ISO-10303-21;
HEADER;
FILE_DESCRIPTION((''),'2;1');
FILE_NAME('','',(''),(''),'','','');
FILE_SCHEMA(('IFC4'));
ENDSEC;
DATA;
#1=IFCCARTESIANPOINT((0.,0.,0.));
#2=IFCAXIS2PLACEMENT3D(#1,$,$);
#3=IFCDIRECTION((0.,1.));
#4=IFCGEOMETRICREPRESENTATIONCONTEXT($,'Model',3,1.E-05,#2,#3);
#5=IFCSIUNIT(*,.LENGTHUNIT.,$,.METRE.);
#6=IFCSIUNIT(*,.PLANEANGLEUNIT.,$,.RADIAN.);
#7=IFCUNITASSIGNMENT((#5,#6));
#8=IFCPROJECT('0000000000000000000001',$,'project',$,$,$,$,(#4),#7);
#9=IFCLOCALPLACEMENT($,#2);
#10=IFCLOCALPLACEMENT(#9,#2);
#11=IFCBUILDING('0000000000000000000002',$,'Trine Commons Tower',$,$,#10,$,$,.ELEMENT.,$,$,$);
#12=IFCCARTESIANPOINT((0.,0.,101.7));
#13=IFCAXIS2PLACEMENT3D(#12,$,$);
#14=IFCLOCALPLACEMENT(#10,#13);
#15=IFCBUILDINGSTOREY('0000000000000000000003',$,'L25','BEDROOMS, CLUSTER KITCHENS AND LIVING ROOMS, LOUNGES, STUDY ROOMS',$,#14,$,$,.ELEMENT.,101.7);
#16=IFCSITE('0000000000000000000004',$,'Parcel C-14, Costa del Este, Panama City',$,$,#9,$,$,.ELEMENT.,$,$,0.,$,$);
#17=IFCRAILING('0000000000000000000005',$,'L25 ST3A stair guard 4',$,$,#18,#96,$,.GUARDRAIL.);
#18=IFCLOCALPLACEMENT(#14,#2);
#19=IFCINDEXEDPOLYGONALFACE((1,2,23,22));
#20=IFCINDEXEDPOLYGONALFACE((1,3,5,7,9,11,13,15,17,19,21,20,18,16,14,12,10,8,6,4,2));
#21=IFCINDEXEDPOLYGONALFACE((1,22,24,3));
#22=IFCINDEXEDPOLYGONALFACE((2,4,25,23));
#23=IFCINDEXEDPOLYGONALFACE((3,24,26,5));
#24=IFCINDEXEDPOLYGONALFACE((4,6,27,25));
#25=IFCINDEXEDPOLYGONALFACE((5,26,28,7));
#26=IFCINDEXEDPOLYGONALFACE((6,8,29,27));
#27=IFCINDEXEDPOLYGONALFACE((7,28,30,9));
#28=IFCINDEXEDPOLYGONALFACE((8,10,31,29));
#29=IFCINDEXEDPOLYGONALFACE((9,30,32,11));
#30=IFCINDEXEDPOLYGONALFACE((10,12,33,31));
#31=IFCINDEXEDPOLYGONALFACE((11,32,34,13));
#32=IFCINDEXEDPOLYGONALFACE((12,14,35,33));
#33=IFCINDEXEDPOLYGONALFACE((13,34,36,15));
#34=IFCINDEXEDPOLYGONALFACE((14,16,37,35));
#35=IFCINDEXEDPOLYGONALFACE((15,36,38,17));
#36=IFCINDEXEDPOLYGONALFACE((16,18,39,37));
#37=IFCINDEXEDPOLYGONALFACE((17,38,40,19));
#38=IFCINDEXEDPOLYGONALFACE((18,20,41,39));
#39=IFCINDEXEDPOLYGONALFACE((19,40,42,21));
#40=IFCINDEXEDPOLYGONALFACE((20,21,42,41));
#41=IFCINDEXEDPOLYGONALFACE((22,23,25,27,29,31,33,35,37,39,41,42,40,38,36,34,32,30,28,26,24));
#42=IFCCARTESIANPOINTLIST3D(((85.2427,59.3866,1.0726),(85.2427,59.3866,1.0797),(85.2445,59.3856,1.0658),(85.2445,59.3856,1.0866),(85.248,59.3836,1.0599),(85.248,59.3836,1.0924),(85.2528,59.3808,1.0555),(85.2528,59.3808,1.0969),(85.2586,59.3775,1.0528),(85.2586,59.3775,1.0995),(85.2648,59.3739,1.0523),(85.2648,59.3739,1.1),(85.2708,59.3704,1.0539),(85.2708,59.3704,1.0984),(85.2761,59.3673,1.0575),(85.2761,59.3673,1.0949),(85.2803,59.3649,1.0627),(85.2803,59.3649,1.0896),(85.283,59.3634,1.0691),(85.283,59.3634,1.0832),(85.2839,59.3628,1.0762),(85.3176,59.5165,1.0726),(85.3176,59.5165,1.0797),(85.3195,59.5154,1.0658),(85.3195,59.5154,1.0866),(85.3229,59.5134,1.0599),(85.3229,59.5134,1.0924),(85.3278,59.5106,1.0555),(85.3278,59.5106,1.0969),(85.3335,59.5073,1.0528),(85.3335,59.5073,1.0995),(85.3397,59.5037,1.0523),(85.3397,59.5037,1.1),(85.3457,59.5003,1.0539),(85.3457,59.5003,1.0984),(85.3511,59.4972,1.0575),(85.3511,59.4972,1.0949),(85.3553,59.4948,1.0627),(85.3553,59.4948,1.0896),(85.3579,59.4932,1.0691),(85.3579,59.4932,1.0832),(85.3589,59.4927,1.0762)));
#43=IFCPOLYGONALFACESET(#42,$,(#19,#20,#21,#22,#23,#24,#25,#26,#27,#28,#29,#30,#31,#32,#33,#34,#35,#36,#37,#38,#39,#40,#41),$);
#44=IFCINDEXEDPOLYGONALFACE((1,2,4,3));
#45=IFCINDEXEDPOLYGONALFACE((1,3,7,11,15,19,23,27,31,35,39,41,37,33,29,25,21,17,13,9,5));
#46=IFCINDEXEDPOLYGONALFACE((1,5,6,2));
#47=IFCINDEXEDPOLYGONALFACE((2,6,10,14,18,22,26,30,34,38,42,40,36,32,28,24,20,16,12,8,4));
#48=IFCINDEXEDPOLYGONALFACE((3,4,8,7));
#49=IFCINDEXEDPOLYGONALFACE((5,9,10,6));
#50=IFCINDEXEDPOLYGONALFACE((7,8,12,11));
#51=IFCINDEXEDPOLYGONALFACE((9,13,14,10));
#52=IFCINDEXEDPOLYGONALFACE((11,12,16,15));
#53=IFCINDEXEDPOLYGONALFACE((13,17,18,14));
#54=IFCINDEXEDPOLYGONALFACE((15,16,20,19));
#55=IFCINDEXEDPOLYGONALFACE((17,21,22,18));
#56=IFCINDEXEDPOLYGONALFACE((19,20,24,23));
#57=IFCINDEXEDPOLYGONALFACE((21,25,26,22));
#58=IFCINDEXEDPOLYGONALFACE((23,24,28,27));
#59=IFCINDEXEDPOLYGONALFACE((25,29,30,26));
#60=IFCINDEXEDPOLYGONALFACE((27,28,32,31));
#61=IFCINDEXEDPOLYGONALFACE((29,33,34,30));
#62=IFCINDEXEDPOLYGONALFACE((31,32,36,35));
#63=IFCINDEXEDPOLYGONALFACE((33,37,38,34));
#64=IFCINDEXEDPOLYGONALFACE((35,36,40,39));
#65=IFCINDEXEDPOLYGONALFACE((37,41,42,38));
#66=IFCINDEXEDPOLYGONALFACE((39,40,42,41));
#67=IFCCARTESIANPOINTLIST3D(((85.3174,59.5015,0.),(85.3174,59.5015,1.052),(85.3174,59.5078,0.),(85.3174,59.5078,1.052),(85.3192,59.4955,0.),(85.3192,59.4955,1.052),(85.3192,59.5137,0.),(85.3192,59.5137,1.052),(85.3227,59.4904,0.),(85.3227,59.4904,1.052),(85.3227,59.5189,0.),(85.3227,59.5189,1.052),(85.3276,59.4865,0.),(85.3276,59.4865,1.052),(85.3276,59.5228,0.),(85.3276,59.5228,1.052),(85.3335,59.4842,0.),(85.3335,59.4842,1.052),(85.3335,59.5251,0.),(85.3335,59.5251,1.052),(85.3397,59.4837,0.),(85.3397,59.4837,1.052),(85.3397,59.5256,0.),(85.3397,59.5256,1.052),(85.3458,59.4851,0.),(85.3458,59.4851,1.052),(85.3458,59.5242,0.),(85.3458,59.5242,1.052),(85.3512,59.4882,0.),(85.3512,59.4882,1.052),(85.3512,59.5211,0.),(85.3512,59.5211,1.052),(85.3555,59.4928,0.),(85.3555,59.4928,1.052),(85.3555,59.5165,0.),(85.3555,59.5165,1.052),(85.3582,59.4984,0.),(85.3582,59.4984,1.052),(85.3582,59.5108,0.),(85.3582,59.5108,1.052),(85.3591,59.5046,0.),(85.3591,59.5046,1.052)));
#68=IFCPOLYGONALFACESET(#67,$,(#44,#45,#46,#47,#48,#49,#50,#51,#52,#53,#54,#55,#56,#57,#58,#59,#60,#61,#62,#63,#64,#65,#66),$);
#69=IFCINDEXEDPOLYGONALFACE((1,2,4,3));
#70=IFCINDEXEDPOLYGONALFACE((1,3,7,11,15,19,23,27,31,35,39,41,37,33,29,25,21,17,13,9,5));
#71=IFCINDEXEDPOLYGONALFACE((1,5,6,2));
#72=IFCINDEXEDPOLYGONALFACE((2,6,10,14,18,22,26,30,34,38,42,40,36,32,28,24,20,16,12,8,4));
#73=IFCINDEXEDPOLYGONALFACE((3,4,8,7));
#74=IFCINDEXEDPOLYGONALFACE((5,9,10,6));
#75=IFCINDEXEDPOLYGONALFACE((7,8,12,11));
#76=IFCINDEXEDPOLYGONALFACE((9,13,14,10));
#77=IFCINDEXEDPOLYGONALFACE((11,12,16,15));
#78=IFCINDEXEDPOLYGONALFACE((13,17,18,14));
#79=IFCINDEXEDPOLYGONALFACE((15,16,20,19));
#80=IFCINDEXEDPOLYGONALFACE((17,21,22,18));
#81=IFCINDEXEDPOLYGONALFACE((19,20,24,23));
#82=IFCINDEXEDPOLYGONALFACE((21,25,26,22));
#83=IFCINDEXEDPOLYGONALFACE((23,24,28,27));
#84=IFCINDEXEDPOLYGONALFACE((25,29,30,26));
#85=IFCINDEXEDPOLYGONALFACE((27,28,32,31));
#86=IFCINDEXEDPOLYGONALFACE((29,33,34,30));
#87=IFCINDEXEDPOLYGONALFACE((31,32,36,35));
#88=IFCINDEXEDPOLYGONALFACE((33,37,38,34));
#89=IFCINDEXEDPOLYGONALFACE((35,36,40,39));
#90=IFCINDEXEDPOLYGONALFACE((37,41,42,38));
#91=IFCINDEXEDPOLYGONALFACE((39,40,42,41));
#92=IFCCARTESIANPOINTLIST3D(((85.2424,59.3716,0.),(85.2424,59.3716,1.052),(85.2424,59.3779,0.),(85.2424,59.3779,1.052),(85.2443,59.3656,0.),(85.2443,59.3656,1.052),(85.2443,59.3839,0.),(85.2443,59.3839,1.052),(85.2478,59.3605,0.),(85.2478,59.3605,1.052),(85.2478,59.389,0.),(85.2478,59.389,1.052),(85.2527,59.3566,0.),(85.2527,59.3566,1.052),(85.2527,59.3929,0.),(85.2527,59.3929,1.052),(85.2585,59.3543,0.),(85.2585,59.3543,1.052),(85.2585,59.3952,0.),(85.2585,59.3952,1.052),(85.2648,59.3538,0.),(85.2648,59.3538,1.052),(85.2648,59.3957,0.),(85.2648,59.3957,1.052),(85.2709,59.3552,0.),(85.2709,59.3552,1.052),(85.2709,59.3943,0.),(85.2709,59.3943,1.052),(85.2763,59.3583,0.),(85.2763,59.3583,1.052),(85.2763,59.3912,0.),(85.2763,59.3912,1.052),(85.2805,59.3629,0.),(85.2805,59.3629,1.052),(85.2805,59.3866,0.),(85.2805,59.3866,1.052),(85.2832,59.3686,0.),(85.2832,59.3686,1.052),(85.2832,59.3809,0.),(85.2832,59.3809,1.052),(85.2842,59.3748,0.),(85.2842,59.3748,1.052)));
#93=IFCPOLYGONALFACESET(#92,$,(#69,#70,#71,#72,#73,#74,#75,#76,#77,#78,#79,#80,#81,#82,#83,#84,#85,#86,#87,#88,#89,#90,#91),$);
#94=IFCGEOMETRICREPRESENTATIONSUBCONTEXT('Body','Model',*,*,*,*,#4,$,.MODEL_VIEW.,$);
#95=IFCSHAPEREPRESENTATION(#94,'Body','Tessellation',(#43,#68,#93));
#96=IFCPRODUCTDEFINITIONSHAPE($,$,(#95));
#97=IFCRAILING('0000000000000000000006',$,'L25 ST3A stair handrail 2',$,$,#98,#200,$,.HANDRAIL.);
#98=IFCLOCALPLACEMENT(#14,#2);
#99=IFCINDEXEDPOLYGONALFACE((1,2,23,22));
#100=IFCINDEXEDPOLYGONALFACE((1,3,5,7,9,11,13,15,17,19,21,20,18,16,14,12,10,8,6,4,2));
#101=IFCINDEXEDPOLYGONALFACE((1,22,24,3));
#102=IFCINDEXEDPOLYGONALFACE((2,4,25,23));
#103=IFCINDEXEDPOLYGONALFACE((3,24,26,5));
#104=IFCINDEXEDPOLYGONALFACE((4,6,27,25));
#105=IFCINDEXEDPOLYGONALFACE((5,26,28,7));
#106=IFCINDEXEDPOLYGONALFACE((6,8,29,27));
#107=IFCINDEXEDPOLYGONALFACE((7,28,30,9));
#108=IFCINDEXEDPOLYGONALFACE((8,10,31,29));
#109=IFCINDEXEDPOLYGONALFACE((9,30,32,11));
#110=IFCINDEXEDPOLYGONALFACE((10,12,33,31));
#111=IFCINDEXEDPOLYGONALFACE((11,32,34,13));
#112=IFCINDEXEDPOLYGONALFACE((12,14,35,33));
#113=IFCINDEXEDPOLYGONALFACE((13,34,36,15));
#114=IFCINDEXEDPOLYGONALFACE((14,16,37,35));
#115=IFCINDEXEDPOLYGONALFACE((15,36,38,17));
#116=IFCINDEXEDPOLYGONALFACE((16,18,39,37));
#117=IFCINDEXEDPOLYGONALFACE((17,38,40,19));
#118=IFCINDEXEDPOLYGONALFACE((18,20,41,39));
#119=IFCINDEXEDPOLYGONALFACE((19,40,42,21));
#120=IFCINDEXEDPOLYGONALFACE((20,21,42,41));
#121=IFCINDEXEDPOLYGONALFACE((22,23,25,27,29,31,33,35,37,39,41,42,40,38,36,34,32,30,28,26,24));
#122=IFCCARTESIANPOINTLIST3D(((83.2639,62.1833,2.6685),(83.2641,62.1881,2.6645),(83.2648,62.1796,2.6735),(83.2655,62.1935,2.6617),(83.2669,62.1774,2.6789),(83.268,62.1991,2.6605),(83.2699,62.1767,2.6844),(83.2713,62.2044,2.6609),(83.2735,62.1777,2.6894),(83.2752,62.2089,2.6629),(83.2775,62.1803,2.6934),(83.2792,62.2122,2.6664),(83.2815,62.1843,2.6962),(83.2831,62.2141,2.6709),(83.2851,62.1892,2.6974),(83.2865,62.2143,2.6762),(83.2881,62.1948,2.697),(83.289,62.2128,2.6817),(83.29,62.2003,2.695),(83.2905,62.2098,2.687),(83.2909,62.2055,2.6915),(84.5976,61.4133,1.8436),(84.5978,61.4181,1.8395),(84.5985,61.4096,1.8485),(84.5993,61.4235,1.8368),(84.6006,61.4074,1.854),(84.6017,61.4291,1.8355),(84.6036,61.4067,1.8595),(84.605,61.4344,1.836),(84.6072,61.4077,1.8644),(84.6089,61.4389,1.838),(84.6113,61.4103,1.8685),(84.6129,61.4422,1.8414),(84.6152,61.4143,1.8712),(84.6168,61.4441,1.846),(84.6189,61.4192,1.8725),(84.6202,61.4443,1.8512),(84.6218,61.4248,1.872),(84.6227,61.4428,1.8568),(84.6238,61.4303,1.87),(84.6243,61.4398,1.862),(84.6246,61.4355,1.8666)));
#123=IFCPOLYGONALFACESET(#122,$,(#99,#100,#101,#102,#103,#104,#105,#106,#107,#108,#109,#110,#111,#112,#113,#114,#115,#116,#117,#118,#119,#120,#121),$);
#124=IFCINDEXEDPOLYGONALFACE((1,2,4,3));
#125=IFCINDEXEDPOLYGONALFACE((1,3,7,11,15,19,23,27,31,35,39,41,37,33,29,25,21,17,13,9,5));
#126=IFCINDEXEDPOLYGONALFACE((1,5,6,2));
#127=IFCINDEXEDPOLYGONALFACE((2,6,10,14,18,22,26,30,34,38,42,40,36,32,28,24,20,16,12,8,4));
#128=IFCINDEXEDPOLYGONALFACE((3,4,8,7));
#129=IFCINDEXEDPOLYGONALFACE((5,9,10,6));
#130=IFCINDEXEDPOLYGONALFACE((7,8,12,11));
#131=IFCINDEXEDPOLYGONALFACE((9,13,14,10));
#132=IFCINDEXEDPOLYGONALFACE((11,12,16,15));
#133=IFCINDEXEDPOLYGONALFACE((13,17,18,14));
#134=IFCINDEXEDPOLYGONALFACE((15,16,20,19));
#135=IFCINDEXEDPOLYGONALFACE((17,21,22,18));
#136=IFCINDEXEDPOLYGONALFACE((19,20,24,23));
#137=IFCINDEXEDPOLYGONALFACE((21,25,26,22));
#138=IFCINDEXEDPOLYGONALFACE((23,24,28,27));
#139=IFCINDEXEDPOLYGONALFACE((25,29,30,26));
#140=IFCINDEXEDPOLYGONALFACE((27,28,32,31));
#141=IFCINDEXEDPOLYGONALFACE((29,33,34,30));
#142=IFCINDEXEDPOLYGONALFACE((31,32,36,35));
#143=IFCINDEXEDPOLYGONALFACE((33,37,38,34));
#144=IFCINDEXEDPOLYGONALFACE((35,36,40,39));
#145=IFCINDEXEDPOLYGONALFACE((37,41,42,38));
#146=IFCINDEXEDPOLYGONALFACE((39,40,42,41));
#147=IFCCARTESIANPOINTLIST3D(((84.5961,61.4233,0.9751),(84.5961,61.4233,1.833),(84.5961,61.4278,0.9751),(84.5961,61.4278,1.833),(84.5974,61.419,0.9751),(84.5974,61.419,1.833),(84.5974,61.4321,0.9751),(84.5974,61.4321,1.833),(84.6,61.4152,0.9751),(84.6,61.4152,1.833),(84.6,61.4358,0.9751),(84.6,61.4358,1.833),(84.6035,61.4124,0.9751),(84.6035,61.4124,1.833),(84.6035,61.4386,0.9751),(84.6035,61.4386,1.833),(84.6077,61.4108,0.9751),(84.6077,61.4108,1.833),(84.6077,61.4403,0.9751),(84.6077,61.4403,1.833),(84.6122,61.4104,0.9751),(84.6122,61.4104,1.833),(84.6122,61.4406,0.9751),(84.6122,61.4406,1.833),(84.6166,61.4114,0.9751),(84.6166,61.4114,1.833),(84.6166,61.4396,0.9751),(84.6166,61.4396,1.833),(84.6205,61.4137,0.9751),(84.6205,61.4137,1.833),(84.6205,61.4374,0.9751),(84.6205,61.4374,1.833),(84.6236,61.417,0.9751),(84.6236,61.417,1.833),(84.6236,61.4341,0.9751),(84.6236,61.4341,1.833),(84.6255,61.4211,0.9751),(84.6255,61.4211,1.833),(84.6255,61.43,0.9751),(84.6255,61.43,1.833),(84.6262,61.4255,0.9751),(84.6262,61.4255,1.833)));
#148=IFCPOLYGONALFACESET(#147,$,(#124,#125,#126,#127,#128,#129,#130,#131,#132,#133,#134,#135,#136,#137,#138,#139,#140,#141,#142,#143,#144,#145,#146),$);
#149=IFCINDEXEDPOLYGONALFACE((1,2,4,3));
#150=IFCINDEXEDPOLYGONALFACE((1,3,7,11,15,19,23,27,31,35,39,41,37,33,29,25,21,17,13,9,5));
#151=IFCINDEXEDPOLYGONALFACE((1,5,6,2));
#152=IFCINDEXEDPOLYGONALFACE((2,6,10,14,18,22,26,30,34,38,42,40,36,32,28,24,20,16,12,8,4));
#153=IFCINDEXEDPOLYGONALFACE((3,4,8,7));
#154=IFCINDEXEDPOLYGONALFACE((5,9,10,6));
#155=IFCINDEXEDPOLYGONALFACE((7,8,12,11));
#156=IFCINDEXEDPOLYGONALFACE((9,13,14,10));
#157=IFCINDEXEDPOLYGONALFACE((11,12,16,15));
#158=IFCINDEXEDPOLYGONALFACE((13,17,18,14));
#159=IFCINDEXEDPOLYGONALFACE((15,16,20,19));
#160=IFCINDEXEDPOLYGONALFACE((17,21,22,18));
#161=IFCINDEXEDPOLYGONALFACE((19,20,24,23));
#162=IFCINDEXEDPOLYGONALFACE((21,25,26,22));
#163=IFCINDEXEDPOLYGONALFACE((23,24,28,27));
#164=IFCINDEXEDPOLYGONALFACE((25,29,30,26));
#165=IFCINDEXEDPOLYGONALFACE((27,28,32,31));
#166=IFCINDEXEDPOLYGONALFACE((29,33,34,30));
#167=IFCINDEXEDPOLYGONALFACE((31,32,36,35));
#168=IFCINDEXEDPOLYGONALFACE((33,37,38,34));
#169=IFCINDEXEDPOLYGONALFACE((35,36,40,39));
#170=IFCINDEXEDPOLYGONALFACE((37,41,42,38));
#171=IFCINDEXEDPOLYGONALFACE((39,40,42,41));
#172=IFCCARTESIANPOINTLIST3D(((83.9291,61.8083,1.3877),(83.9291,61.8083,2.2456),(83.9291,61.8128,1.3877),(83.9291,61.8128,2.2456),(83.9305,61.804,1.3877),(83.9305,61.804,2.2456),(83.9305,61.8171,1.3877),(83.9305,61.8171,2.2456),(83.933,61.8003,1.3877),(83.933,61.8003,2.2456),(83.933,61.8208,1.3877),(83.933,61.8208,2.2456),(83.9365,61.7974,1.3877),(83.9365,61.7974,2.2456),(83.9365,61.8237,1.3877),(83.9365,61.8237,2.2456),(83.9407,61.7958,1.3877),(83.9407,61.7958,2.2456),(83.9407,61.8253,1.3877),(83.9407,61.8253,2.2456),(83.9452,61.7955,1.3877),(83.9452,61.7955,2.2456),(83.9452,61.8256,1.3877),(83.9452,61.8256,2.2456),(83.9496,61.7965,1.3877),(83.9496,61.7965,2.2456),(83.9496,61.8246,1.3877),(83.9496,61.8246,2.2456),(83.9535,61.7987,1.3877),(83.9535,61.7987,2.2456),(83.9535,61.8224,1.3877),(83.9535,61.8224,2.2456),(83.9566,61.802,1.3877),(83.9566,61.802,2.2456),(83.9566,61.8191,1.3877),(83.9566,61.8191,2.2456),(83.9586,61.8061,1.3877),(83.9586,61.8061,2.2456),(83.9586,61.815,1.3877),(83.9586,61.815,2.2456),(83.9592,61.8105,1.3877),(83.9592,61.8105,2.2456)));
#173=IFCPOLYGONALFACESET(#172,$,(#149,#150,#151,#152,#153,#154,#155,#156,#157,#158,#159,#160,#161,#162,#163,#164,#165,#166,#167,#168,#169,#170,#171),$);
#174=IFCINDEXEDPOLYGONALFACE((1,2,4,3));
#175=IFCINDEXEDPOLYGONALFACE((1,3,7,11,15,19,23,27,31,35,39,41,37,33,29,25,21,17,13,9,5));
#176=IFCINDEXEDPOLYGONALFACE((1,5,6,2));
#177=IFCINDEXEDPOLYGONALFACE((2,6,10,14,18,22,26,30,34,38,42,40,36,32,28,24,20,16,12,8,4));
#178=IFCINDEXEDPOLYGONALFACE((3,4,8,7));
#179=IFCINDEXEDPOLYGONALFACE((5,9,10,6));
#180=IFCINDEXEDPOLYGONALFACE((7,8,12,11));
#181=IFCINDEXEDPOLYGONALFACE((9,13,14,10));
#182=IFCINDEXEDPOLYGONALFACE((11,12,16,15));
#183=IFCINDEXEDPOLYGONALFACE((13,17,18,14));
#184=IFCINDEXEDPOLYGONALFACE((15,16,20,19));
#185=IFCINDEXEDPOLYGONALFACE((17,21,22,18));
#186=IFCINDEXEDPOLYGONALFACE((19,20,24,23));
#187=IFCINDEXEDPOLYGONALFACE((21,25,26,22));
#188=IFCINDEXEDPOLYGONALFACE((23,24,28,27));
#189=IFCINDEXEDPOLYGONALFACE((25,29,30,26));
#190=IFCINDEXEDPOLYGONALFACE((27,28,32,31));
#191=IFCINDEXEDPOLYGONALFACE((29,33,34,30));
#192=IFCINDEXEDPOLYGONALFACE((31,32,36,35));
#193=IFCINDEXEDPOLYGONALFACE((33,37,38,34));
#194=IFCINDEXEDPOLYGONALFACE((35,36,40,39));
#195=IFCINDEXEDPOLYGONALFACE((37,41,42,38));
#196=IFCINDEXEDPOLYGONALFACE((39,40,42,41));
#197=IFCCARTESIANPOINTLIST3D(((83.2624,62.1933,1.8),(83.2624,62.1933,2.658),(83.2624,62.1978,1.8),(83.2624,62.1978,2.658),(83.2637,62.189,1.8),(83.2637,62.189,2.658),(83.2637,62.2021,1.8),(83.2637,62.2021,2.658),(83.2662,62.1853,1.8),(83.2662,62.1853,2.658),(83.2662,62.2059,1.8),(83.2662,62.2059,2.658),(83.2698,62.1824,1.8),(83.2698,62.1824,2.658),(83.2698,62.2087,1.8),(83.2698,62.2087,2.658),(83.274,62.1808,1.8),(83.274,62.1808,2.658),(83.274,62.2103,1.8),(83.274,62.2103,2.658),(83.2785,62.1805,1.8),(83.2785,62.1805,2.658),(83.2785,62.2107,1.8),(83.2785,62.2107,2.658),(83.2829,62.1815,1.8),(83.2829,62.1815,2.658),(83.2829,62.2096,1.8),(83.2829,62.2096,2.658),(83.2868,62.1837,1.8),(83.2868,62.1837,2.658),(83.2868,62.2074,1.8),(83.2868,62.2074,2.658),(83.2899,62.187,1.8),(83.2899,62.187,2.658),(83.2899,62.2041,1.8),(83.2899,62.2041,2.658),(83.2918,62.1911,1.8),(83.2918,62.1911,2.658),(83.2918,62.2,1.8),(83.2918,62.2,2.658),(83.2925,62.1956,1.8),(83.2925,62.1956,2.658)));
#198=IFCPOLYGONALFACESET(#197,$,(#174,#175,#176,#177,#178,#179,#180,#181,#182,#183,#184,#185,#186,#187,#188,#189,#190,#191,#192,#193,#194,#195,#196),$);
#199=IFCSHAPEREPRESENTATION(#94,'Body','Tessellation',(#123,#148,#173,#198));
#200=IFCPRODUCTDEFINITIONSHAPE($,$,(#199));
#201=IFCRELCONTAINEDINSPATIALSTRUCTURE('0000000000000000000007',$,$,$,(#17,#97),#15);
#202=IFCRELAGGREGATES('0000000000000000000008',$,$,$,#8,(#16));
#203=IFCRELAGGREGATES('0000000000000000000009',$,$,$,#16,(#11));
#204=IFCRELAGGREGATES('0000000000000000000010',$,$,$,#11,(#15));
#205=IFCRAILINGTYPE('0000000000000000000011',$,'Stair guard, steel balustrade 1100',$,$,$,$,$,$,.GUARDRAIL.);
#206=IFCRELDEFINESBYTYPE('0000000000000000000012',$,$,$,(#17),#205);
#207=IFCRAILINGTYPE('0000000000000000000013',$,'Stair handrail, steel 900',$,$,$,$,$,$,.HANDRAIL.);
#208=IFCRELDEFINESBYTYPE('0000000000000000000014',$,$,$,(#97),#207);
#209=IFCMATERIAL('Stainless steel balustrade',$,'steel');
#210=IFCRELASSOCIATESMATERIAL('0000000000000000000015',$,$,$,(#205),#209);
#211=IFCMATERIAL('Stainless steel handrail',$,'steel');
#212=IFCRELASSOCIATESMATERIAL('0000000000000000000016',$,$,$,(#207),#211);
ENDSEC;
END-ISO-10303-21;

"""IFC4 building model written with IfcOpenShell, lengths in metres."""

from ifc_helpers import new_model, si_unit, direction, frame, origin, origin_2d, place, context, subcontext, project, spatial, circle, extrude, material, type_object, element, save


model = new_model("IFC4")

# Units and contexts
model_context = context("Model", 3, precision=1e-05, world=origin(), true_north=direction((0.0, 1.0)))
body_context = subcontext(model_context, "Body", "Model", "MODEL_VIEW")
ifc_project = project(units=[si_unit("LENGTHUNIT", "METRE"), si_unit("PLANEANGLEUNIT", "RADIAN")], contexts=[model_context])

# Site, building, storey
site_placement = place(None, origin())
site = spatial("IfcSite", under=ifc_project, at=site_placement, Name="Parcel C-14, Costa del Este, Panama City", CompositionType="ELEMENT", RefElevation=0.0)
building_placement = place(site_placement, origin())
building = spatial("IfcBuilding", under=site, at=building_placement, Name="Trine Commons Tower", CompositionType="ELEMENT")
storey_placement = place(building_placement, frame((0.0, 0.0, 101.7)))
storey = spatial("IfcBuildingStorey", under=building, at=storey_placement, Name="L25", Description="BEDROOMS, CLUSTER KITCHENS AND LIVING ROOMS, LOUNGES, STUDY ROOMS", CompositionType="ELEMENT", Elevation=101.7)

# Railings
ifc_material_1 = material(Name="Stainless steel balustrade", Category="steel")
railing_type_1 = type_object("IfcRailingType", Name="Stair guard, steel balustrade 1100", PredefinedType="GUARDRAIL", material=ifc_material_1)
railing_1_placement = place(storey_placement, frame((85.3381, 59.5046, 0.0)))
element("IfcRailing", 1, at=railing_1_placement, inside=storey, type_object=railing_type_1, Name="L25 ST3A stair guard 4", PredefinedType="GUARDRAIL", context=body_context, shape_type="SweptSolid", body=[
    extrude(circle(Radius=0.0239, at=origin_2d()), frame((0.0, 0.0, 1.0762), z_axis=(-0.499816, -0.866131, 0.0), x_axis=(0.866131, -0.499816, 0.0)), (0.0, 0.0, 1.0), 0.1499),
    extrude(circle(Radius=0.021, at=origin_2d()), origin(), (0.0, 0.0, 1.0), 1.052),
    extrude(circle(Radius=0.021, at=origin_2d()), frame((-0.075, -0.1299, 0.0)), (0.0, 0.0, 1.0), 1.052),
])
ifc_material_2 = material(Name="Stainless steel handrail", Category="steel")
railing_type_2 = type_object("IfcRailingType", Name="Stair handrail, steel 900", PredefinedType="HANDRAIL", material=ifc_material_2)
railing_2_placement = place(storey_placement, frame((84.6111, 61.4255, 0.9751)))
element("IfcRailing", 2, at=railing_2_placement, inside=storey, type_object=railing_type_2, Name="L25 ST3A stair handrail 2", PredefinedType="HANDRAIL", context=body_context, shape_type="SweptSolid", body=[
    extrude(circle(Radius=0.021, at=origin_2d()), frame((0.0, 0.0, 0.8789), z_axis=(-0.763405, 0.440743, 0.472185), x_axis=(-0.499992, -0.86603, 0.0)), (0.0, 0.0, 1.0), 1.7471),
    extrude(circle(Radius=0.0151, at=origin_2d()), origin(), (0.0, 0.0, 1.0), 0.8579),
    extrude(circle(Radius=0.0151, at=origin_2d()), frame((-0.667, 0.385, 0.4126)), (0.0, 0.0, 1.0), 0.8579),
    extrude(circle(Radius=0.0151, at=origin_2d()), frame((-1.3337, 0.77, 0.825)), (0.0, 0.0, 1.0), 0.8579),
])

save(model, "model.ifc")
